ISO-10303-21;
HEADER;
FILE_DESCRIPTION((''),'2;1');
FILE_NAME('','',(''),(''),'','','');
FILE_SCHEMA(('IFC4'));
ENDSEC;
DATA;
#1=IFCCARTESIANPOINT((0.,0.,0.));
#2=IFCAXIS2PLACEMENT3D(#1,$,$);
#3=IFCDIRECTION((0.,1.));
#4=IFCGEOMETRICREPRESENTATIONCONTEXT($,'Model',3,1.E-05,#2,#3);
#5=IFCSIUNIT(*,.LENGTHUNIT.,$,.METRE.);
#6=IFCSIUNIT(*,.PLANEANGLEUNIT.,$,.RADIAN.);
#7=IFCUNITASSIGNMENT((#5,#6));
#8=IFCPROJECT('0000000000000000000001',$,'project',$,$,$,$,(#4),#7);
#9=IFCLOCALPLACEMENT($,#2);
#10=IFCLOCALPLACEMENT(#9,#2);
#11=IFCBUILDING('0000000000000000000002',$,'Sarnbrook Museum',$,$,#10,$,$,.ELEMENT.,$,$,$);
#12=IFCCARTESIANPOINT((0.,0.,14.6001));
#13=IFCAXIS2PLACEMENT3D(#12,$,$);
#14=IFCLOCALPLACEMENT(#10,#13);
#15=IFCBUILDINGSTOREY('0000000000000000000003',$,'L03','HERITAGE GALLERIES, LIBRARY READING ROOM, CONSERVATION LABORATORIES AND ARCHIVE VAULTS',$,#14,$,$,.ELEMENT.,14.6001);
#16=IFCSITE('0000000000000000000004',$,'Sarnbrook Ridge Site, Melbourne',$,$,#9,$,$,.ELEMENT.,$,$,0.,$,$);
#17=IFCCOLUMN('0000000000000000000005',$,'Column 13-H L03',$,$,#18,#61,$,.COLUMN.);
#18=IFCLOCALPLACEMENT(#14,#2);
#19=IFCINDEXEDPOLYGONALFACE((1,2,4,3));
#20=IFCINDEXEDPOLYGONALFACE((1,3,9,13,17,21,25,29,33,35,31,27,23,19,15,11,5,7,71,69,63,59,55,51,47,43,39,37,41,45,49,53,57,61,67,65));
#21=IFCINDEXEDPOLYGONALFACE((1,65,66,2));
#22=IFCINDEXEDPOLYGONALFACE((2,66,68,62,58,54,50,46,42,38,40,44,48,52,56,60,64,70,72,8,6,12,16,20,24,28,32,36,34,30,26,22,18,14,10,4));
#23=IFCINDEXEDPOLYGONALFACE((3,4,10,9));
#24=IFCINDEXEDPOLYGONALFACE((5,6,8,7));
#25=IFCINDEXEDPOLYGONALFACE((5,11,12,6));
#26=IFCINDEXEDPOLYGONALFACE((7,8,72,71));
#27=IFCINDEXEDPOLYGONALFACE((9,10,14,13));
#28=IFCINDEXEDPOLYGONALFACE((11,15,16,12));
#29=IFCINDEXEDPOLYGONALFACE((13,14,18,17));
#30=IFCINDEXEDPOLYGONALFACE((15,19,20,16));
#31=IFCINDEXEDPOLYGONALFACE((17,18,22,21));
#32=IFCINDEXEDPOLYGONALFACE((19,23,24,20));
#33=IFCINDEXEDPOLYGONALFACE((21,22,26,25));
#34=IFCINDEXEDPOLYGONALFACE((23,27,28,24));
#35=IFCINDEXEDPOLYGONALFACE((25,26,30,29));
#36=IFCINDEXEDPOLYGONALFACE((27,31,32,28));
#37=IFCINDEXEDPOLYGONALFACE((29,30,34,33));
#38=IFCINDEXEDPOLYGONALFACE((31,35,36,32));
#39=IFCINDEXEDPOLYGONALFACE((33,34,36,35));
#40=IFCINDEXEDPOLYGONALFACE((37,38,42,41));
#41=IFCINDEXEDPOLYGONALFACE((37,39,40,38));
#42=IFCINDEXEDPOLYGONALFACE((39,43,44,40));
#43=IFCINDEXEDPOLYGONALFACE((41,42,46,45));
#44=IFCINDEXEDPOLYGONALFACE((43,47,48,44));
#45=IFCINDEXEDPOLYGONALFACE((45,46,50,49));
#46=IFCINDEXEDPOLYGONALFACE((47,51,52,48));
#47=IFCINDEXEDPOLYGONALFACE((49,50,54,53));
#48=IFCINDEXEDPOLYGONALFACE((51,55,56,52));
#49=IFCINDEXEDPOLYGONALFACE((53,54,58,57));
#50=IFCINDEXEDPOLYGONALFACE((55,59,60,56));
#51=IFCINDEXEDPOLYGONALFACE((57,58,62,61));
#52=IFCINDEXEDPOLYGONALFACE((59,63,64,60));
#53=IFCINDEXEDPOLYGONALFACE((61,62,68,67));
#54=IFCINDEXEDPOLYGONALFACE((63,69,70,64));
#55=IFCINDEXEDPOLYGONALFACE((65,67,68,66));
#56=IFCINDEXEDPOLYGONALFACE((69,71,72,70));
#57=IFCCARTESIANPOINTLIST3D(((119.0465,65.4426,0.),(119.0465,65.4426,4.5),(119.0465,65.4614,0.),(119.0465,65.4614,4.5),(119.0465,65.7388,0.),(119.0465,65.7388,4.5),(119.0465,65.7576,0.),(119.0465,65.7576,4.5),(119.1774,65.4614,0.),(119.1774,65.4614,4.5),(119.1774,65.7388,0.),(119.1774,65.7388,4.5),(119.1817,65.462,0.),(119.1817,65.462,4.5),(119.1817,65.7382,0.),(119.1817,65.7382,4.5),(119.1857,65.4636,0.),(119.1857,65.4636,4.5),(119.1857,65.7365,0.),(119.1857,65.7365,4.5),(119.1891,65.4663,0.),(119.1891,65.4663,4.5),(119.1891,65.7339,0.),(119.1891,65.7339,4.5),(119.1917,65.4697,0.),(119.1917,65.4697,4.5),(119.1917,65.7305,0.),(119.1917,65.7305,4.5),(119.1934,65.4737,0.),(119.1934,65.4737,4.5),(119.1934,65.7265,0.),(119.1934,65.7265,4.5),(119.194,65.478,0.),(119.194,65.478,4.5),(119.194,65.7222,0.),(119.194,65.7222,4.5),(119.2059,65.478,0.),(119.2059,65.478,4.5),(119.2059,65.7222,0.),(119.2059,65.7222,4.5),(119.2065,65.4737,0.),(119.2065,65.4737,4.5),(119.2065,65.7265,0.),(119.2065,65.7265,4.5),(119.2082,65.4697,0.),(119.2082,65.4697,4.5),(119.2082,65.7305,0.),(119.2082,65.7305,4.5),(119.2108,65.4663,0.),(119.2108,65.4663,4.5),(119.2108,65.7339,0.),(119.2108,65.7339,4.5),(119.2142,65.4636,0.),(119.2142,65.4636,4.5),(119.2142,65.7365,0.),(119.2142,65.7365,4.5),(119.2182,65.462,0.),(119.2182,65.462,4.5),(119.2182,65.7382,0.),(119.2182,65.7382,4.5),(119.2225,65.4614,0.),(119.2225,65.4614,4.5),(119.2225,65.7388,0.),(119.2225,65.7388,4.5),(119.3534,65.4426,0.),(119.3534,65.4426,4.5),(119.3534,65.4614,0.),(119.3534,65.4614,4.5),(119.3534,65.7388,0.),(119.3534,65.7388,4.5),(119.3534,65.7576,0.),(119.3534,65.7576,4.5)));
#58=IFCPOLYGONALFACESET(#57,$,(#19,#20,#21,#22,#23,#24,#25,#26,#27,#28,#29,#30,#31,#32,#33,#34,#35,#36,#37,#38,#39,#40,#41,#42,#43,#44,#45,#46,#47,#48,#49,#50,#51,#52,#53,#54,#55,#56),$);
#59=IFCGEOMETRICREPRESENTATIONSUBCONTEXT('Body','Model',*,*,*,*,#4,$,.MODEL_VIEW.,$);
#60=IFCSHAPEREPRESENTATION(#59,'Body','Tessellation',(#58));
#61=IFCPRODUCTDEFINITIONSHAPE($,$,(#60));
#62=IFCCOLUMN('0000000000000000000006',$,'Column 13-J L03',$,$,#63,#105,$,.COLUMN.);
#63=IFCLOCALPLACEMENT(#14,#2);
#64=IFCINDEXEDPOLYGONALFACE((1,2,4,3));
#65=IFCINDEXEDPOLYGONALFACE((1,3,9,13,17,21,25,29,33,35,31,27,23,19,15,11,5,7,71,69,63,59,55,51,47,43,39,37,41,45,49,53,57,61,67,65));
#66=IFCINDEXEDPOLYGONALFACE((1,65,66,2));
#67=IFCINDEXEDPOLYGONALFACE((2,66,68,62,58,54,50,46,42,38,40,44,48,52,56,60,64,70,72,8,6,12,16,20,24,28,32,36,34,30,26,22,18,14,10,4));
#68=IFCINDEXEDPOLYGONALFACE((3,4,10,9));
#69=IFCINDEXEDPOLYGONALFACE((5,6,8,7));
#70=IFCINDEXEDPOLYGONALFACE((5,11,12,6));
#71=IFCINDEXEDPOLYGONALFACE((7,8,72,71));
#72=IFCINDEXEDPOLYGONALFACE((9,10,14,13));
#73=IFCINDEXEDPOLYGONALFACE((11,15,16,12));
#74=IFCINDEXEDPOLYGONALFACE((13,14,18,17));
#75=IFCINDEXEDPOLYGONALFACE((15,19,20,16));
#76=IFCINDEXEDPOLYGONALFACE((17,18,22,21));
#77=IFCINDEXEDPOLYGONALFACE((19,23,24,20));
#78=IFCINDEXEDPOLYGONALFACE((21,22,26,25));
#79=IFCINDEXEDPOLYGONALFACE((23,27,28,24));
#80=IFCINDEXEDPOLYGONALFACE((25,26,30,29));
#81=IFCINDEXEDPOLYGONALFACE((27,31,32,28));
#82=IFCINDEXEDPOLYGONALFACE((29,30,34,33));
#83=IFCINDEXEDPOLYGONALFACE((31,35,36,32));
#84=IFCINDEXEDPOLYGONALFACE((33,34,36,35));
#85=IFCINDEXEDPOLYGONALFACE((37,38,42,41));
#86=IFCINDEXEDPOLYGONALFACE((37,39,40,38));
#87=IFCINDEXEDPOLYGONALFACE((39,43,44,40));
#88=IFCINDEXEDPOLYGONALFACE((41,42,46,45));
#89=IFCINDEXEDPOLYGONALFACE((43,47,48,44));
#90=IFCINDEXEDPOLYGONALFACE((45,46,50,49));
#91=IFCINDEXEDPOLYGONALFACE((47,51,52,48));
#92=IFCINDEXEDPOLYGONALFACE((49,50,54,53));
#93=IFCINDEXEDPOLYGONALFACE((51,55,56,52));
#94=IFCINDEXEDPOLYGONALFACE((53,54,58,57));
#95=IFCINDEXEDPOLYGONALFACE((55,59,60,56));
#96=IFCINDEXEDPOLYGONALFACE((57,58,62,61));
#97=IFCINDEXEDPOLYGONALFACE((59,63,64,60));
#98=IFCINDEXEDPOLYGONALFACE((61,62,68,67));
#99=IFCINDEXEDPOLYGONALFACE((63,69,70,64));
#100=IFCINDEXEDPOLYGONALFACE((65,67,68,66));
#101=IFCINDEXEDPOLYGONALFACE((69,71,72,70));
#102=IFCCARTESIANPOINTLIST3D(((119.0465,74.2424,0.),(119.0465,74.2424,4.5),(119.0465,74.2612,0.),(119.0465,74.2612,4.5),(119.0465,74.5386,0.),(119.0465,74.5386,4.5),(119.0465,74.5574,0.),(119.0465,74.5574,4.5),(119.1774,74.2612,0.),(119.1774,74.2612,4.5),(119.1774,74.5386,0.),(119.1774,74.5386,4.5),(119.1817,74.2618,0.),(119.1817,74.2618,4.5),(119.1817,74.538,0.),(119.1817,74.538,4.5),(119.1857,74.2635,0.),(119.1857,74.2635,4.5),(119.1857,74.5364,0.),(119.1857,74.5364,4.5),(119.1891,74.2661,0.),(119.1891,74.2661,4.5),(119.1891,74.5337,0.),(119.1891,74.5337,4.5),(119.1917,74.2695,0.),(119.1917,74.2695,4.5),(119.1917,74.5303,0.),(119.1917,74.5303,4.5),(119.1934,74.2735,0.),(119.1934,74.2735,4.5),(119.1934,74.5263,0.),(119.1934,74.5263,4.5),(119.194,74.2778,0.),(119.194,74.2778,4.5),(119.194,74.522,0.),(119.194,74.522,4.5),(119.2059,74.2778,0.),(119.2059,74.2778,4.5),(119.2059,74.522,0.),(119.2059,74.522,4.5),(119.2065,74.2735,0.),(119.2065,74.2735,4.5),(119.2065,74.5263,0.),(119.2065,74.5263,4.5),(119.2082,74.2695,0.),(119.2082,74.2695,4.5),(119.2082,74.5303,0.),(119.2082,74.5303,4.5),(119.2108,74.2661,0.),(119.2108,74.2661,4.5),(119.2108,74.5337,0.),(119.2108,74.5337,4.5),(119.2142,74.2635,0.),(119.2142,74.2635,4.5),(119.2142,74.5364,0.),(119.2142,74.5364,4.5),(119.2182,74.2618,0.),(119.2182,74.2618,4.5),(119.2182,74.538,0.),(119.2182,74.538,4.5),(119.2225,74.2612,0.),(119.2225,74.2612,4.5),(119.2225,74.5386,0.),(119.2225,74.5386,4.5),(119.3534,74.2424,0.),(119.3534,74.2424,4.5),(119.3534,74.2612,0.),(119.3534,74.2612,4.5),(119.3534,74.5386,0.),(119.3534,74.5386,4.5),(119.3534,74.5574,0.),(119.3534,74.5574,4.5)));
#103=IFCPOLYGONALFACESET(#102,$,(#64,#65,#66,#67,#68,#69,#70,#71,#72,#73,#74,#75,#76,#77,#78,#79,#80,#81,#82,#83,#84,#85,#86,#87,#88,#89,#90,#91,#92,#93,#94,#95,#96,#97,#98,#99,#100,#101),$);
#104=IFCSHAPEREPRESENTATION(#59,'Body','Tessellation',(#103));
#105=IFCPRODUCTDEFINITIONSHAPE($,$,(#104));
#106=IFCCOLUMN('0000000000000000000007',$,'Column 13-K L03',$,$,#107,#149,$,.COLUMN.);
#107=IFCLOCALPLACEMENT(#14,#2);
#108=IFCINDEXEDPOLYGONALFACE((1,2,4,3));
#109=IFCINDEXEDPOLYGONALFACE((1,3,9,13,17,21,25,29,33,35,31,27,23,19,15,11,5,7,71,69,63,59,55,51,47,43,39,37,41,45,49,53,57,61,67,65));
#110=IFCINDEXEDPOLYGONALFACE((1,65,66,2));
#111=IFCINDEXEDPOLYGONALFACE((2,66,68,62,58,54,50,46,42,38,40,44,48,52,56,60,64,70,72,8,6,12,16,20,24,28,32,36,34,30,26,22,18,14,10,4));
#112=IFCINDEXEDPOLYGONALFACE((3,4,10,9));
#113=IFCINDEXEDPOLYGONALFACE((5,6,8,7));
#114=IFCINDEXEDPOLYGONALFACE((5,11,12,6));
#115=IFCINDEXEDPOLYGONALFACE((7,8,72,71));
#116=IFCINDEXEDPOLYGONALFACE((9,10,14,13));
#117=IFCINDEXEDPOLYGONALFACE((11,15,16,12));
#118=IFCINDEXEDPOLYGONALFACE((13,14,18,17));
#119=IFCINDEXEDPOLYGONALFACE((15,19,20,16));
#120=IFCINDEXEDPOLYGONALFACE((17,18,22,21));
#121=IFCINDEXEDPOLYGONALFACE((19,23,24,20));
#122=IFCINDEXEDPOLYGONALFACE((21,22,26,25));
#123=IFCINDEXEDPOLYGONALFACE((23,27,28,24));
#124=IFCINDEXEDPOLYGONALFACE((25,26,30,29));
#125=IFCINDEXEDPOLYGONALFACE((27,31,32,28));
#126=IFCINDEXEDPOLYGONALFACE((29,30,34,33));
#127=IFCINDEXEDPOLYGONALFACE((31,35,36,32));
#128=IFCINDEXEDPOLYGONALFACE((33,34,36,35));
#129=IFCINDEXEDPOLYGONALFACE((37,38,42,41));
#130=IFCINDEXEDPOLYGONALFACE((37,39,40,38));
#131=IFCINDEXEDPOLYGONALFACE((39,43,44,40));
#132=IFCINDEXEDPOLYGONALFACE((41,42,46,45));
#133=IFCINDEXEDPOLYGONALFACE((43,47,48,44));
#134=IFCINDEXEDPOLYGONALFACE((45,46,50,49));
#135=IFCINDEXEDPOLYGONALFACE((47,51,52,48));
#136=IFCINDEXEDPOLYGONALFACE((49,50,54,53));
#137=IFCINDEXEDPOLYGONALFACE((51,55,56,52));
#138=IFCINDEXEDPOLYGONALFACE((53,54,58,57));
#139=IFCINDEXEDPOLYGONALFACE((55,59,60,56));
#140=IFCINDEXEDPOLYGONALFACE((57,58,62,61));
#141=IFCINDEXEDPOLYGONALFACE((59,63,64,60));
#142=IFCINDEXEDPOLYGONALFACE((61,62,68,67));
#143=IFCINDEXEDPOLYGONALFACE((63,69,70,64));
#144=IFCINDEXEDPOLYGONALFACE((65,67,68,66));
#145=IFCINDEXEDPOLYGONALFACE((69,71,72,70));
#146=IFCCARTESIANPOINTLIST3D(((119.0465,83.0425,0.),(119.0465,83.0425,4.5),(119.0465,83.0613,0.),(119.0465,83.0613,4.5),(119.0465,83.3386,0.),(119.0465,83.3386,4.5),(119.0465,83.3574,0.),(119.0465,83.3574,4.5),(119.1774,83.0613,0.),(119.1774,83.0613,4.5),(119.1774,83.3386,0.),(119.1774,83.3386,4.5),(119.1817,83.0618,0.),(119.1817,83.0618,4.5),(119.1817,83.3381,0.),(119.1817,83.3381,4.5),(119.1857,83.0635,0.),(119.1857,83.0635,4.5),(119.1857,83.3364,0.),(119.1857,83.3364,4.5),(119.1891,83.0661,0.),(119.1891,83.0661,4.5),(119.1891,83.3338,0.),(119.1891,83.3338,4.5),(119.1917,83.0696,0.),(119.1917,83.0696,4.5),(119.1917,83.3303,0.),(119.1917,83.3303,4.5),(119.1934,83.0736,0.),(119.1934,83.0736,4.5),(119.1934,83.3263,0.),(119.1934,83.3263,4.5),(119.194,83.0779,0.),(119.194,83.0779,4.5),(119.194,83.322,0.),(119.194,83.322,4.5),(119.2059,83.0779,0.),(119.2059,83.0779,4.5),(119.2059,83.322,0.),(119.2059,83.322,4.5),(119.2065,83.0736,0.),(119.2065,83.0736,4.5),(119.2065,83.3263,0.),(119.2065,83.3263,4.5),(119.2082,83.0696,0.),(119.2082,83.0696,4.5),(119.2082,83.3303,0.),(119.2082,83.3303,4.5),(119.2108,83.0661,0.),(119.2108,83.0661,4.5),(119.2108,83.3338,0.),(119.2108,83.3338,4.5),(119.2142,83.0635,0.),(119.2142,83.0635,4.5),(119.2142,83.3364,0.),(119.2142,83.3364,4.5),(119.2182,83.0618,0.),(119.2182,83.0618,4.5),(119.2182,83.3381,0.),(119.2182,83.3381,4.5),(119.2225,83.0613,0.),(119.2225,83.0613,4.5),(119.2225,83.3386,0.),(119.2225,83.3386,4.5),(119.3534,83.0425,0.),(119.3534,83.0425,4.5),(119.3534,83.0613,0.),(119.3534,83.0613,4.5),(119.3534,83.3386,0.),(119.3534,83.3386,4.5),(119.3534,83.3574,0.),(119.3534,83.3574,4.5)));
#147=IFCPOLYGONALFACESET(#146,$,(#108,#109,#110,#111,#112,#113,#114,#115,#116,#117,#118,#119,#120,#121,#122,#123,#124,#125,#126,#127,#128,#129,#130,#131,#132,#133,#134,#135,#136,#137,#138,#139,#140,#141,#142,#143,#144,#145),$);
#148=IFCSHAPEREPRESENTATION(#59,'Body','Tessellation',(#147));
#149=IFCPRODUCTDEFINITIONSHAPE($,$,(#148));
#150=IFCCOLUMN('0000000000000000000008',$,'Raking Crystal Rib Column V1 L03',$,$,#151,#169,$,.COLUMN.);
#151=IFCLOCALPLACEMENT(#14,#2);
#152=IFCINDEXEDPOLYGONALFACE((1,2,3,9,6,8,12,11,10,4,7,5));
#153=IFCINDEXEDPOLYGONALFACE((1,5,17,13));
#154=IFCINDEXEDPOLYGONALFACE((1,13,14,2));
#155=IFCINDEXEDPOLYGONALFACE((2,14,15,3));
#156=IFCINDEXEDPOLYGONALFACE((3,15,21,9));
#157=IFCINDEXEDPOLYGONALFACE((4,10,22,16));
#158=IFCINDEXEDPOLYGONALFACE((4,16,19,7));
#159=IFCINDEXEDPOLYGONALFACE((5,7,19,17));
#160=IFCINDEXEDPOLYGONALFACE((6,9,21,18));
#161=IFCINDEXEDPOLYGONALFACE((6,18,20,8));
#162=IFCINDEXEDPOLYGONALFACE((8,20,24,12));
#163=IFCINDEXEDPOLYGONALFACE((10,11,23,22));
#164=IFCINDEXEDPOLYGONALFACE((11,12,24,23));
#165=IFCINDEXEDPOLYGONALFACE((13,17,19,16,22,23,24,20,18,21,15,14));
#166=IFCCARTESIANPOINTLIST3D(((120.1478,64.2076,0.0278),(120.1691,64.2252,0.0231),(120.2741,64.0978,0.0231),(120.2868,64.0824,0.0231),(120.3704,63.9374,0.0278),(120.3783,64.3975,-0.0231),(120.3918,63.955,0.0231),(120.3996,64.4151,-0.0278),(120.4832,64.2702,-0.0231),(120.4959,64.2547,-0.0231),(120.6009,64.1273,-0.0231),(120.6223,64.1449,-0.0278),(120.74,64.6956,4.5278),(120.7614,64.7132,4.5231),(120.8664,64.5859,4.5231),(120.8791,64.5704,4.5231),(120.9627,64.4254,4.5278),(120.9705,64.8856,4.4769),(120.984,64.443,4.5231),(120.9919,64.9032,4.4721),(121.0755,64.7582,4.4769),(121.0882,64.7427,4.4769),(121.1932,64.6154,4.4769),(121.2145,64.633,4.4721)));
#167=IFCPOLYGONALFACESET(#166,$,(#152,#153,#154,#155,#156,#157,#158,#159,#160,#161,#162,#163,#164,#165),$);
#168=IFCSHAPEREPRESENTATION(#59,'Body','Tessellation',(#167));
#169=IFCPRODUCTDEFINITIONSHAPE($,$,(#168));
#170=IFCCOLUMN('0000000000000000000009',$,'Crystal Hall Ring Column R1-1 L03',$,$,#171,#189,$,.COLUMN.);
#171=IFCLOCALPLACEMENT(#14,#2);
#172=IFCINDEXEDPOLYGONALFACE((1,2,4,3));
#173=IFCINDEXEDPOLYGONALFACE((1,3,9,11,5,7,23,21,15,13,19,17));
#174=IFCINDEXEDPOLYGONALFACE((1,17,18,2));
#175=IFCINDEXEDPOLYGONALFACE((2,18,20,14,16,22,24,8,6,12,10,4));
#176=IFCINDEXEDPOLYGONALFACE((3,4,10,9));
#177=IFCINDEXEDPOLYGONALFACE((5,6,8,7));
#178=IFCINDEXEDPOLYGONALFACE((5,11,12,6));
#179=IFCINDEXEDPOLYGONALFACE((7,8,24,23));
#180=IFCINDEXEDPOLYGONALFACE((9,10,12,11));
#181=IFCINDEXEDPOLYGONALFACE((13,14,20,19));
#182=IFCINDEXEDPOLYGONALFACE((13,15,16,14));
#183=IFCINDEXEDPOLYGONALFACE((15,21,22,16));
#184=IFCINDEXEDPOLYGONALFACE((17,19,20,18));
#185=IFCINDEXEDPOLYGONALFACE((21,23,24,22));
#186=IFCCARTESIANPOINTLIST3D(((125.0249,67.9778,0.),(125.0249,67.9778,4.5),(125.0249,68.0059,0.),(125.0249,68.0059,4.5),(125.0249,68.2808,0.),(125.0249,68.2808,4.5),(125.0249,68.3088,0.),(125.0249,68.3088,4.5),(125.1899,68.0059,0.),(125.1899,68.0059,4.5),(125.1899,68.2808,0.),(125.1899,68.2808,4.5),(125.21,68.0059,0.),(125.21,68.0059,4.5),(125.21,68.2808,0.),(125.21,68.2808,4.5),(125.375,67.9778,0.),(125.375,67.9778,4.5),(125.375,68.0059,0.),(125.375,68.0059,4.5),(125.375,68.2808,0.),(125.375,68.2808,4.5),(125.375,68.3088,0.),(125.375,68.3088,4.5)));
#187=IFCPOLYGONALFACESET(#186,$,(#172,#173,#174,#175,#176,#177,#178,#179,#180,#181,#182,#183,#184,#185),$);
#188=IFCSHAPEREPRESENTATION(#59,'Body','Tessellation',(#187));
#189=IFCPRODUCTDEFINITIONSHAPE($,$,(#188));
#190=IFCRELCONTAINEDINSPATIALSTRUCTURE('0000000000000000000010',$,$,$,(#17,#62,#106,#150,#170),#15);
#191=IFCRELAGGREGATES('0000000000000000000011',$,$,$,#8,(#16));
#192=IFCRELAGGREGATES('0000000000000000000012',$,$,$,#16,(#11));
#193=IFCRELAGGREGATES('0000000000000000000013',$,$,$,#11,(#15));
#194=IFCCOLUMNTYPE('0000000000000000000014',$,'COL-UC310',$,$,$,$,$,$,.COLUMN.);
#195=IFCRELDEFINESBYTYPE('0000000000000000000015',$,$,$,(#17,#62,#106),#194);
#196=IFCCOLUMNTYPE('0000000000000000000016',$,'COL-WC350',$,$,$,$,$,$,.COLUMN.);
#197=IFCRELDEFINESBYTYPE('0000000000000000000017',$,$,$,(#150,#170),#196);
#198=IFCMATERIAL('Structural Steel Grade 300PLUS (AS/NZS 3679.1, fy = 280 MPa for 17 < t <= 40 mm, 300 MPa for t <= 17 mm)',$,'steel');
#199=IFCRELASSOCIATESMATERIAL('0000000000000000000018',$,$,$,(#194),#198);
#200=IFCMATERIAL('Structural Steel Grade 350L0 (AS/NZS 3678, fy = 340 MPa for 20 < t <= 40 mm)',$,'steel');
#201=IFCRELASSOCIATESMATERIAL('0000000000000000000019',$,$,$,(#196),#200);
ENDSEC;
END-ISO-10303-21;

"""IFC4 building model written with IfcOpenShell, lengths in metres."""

from ifc_helpers import new_model, si_unit, direction, frame, origin, origin_2d, place, context, subcontext, project, spatial, i_section, extrude, material, material_profile, profile_set, type_object, element, save


model = new_model("IFC4")

# Units and contexts
model_context = context("Model", 3, precision=1e-05, world=origin(), true_north=direction((0.0, 1.0)))
body_context = subcontext(model_context, "Body", "Model", "MODEL_VIEW")
ifc_project = project(units=[si_unit("LENGTHUNIT", "METRE"), si_unit("PLANEANGLEUNIT", "RADIAN")], contexts=[model_context])

# Site, building, storey
site_placement = place(None, origin())
site = spatial("IfcSite", under=ifc_project, at=site_placement, Name="Sarnbrook Ridge Site, Melbourne", CompositionType="ELEMENT", RefElevation=0.0)
building_placement = place(site_placement, origin())
building = spatial("IfcBuilding", under=site, at=building_placement, Name="Sarnbrook Museum", CompositionType="ELEMENT")
storey_placement = place(building_placement, frame((0.0, 0.0, 14.6001)))
storey = spatial("IfcBuildingStorey", under=building, at=storey_placement, Name="L03", Description="HERITAGE GALLERIES, LIBRARY READING ROOM, CONSERVATION LABORATORIES AND ARCHIVE VAULTS", CompositionType="ELEMENT", Elevation=14.6001)

# Columns
ifc_material_1 = material(Name="Structural Steel Grade 300PLUS (AS/NZS 3679.1, fy = 280 MPa for 17 < t <= 40 mm, 300 MPa for t <= 17 mm)", Category="steel")
ifc_material_profile_1 = material_profile(ifc_material_1, i_section(OverallWidth=0.3069, OverallDepth=0.3149, WebThickness=0.012, FlangeThickness=0.0188, FilletRadius=0.0166, at=origin_2d()), Name="310UC118")
ifc_profile_set_1 = profile_set([ifc_material_profile_1], Name="Structural Steel Grade 300PLUS (AS/NZS 3679.1, fy = 280 MPa for 17 < t <= 40 mm, 300 MPa for t <= 17 mm)")
column_type_1 = type_object("IfcColumnType", Name="COL-UC310", PredefinedType="COLUMN", material=ifc_profile_set_1)
for number, where, z_axis, x_axis, name in (
    (1, (119.2, 65.6001, 0.0), (0.0, 0.0, 1.0), (1.0, 0.0, 0.0), "Column 13-H L03"),
    (2, (119.2, 74.3999, 0.0), (0.0, 0.0, 1.0), (1.0, 0.0, 0.0), "Column 13-J L03"),
    (3, (119.2, 83.2, 0.0), (0.0, 0.0, 1.0), (1.0, 0.0, 0.0), "Column 13-K L03"),
):
    element("IfcColumn", number, at=place(storey_placement, frame(where, z_axis=z_axis, x_axis=x_axis)), inside=storey, type_object=column_type_1, Name=name, PredefinedType="COLUMN", context=body_context, shape_type="SweptSolid", body=[
        extrude(i_section(OverallWidth=0.3069, OverallDepth=0.3149, WebThickness=0.012, FlangeThickness=0.0188, FilletRadius=0.0166, at=origin_2d()), origin(), (0.0, 0.0, 1.0), 4.5),
    ])
ifc_material_2 = material(Name="Structural Steel Grade 350L0 (AS/NZS 3678, fy = 340 MPa for 20 < t <= 40 mm)", Category="steel")
ifc_material_profile_2 = material_profile(ifc_material_2, i_section(OverallWidth=0.3501, OverallDepth=0.3311, WebThickness=0.02, FlangeThickness=0.0281, at=origin_2d()), Name="350WC197")
ifc_profile_set_2 = profile_set([ifc_material_profile_2], Name="Structural Steel Grade 350L0 (AS/NZS 3678, fy = 340 MPa for 20 < t <= 40 mm)")
column_type_2 = type_object("IfcColumnType", Name="COL-WC350", PredefinedType="COLUMN", material=ifc_profile_set_2)
column_1_placement = place(storey_placement, frame((120.385, 64.1763, 0.0), z_axis=(0.129746, 0.106909, 0.985767), x_axis=(-0.635919, 0.771756, 0.0)))
element("IfcColumn", 4, at=column_1_placement, inside=storey, type_object=column_type_2, Name="Raking Crystal Rib Column V1 L03", PredefinedType="COLUMN", context=body_context, shape_type="SweptSolid", body=[
    extrude(i_section(OverallWidth=0.3501, OverallDepth=0.3311, WebThickness=0.02, FlangeThickness=0.0281, at=origin_2d()), origin(), (0.0, 0.0, 1.0), 4.5649),
])
column_2_placement = place(storey_placement, frame((125.2, 68.1433, 0.0), z_axis=(0.0, 0.0, 1.0), x_axis=(1.0, 0.0, 0.0)))
element("IfcColumn", 5, at=column_2_placement, inside=storey, type_object=column_type_2, Name="Crystal Hall Ring Column R1-1 L03", PredefinedType="COLUMN", context=body_context, shape_type="SweptSolid", body=[
    extrude(i_section(OverallWidth=0.3501, OverallDepth=0.3311, WebThickness=0.02, FlangeThickness=0.0281, at=origin_2d()), origin(), (0.0, 0.0, 1.0), 4.5),
])

save(model, "model.ifc")
